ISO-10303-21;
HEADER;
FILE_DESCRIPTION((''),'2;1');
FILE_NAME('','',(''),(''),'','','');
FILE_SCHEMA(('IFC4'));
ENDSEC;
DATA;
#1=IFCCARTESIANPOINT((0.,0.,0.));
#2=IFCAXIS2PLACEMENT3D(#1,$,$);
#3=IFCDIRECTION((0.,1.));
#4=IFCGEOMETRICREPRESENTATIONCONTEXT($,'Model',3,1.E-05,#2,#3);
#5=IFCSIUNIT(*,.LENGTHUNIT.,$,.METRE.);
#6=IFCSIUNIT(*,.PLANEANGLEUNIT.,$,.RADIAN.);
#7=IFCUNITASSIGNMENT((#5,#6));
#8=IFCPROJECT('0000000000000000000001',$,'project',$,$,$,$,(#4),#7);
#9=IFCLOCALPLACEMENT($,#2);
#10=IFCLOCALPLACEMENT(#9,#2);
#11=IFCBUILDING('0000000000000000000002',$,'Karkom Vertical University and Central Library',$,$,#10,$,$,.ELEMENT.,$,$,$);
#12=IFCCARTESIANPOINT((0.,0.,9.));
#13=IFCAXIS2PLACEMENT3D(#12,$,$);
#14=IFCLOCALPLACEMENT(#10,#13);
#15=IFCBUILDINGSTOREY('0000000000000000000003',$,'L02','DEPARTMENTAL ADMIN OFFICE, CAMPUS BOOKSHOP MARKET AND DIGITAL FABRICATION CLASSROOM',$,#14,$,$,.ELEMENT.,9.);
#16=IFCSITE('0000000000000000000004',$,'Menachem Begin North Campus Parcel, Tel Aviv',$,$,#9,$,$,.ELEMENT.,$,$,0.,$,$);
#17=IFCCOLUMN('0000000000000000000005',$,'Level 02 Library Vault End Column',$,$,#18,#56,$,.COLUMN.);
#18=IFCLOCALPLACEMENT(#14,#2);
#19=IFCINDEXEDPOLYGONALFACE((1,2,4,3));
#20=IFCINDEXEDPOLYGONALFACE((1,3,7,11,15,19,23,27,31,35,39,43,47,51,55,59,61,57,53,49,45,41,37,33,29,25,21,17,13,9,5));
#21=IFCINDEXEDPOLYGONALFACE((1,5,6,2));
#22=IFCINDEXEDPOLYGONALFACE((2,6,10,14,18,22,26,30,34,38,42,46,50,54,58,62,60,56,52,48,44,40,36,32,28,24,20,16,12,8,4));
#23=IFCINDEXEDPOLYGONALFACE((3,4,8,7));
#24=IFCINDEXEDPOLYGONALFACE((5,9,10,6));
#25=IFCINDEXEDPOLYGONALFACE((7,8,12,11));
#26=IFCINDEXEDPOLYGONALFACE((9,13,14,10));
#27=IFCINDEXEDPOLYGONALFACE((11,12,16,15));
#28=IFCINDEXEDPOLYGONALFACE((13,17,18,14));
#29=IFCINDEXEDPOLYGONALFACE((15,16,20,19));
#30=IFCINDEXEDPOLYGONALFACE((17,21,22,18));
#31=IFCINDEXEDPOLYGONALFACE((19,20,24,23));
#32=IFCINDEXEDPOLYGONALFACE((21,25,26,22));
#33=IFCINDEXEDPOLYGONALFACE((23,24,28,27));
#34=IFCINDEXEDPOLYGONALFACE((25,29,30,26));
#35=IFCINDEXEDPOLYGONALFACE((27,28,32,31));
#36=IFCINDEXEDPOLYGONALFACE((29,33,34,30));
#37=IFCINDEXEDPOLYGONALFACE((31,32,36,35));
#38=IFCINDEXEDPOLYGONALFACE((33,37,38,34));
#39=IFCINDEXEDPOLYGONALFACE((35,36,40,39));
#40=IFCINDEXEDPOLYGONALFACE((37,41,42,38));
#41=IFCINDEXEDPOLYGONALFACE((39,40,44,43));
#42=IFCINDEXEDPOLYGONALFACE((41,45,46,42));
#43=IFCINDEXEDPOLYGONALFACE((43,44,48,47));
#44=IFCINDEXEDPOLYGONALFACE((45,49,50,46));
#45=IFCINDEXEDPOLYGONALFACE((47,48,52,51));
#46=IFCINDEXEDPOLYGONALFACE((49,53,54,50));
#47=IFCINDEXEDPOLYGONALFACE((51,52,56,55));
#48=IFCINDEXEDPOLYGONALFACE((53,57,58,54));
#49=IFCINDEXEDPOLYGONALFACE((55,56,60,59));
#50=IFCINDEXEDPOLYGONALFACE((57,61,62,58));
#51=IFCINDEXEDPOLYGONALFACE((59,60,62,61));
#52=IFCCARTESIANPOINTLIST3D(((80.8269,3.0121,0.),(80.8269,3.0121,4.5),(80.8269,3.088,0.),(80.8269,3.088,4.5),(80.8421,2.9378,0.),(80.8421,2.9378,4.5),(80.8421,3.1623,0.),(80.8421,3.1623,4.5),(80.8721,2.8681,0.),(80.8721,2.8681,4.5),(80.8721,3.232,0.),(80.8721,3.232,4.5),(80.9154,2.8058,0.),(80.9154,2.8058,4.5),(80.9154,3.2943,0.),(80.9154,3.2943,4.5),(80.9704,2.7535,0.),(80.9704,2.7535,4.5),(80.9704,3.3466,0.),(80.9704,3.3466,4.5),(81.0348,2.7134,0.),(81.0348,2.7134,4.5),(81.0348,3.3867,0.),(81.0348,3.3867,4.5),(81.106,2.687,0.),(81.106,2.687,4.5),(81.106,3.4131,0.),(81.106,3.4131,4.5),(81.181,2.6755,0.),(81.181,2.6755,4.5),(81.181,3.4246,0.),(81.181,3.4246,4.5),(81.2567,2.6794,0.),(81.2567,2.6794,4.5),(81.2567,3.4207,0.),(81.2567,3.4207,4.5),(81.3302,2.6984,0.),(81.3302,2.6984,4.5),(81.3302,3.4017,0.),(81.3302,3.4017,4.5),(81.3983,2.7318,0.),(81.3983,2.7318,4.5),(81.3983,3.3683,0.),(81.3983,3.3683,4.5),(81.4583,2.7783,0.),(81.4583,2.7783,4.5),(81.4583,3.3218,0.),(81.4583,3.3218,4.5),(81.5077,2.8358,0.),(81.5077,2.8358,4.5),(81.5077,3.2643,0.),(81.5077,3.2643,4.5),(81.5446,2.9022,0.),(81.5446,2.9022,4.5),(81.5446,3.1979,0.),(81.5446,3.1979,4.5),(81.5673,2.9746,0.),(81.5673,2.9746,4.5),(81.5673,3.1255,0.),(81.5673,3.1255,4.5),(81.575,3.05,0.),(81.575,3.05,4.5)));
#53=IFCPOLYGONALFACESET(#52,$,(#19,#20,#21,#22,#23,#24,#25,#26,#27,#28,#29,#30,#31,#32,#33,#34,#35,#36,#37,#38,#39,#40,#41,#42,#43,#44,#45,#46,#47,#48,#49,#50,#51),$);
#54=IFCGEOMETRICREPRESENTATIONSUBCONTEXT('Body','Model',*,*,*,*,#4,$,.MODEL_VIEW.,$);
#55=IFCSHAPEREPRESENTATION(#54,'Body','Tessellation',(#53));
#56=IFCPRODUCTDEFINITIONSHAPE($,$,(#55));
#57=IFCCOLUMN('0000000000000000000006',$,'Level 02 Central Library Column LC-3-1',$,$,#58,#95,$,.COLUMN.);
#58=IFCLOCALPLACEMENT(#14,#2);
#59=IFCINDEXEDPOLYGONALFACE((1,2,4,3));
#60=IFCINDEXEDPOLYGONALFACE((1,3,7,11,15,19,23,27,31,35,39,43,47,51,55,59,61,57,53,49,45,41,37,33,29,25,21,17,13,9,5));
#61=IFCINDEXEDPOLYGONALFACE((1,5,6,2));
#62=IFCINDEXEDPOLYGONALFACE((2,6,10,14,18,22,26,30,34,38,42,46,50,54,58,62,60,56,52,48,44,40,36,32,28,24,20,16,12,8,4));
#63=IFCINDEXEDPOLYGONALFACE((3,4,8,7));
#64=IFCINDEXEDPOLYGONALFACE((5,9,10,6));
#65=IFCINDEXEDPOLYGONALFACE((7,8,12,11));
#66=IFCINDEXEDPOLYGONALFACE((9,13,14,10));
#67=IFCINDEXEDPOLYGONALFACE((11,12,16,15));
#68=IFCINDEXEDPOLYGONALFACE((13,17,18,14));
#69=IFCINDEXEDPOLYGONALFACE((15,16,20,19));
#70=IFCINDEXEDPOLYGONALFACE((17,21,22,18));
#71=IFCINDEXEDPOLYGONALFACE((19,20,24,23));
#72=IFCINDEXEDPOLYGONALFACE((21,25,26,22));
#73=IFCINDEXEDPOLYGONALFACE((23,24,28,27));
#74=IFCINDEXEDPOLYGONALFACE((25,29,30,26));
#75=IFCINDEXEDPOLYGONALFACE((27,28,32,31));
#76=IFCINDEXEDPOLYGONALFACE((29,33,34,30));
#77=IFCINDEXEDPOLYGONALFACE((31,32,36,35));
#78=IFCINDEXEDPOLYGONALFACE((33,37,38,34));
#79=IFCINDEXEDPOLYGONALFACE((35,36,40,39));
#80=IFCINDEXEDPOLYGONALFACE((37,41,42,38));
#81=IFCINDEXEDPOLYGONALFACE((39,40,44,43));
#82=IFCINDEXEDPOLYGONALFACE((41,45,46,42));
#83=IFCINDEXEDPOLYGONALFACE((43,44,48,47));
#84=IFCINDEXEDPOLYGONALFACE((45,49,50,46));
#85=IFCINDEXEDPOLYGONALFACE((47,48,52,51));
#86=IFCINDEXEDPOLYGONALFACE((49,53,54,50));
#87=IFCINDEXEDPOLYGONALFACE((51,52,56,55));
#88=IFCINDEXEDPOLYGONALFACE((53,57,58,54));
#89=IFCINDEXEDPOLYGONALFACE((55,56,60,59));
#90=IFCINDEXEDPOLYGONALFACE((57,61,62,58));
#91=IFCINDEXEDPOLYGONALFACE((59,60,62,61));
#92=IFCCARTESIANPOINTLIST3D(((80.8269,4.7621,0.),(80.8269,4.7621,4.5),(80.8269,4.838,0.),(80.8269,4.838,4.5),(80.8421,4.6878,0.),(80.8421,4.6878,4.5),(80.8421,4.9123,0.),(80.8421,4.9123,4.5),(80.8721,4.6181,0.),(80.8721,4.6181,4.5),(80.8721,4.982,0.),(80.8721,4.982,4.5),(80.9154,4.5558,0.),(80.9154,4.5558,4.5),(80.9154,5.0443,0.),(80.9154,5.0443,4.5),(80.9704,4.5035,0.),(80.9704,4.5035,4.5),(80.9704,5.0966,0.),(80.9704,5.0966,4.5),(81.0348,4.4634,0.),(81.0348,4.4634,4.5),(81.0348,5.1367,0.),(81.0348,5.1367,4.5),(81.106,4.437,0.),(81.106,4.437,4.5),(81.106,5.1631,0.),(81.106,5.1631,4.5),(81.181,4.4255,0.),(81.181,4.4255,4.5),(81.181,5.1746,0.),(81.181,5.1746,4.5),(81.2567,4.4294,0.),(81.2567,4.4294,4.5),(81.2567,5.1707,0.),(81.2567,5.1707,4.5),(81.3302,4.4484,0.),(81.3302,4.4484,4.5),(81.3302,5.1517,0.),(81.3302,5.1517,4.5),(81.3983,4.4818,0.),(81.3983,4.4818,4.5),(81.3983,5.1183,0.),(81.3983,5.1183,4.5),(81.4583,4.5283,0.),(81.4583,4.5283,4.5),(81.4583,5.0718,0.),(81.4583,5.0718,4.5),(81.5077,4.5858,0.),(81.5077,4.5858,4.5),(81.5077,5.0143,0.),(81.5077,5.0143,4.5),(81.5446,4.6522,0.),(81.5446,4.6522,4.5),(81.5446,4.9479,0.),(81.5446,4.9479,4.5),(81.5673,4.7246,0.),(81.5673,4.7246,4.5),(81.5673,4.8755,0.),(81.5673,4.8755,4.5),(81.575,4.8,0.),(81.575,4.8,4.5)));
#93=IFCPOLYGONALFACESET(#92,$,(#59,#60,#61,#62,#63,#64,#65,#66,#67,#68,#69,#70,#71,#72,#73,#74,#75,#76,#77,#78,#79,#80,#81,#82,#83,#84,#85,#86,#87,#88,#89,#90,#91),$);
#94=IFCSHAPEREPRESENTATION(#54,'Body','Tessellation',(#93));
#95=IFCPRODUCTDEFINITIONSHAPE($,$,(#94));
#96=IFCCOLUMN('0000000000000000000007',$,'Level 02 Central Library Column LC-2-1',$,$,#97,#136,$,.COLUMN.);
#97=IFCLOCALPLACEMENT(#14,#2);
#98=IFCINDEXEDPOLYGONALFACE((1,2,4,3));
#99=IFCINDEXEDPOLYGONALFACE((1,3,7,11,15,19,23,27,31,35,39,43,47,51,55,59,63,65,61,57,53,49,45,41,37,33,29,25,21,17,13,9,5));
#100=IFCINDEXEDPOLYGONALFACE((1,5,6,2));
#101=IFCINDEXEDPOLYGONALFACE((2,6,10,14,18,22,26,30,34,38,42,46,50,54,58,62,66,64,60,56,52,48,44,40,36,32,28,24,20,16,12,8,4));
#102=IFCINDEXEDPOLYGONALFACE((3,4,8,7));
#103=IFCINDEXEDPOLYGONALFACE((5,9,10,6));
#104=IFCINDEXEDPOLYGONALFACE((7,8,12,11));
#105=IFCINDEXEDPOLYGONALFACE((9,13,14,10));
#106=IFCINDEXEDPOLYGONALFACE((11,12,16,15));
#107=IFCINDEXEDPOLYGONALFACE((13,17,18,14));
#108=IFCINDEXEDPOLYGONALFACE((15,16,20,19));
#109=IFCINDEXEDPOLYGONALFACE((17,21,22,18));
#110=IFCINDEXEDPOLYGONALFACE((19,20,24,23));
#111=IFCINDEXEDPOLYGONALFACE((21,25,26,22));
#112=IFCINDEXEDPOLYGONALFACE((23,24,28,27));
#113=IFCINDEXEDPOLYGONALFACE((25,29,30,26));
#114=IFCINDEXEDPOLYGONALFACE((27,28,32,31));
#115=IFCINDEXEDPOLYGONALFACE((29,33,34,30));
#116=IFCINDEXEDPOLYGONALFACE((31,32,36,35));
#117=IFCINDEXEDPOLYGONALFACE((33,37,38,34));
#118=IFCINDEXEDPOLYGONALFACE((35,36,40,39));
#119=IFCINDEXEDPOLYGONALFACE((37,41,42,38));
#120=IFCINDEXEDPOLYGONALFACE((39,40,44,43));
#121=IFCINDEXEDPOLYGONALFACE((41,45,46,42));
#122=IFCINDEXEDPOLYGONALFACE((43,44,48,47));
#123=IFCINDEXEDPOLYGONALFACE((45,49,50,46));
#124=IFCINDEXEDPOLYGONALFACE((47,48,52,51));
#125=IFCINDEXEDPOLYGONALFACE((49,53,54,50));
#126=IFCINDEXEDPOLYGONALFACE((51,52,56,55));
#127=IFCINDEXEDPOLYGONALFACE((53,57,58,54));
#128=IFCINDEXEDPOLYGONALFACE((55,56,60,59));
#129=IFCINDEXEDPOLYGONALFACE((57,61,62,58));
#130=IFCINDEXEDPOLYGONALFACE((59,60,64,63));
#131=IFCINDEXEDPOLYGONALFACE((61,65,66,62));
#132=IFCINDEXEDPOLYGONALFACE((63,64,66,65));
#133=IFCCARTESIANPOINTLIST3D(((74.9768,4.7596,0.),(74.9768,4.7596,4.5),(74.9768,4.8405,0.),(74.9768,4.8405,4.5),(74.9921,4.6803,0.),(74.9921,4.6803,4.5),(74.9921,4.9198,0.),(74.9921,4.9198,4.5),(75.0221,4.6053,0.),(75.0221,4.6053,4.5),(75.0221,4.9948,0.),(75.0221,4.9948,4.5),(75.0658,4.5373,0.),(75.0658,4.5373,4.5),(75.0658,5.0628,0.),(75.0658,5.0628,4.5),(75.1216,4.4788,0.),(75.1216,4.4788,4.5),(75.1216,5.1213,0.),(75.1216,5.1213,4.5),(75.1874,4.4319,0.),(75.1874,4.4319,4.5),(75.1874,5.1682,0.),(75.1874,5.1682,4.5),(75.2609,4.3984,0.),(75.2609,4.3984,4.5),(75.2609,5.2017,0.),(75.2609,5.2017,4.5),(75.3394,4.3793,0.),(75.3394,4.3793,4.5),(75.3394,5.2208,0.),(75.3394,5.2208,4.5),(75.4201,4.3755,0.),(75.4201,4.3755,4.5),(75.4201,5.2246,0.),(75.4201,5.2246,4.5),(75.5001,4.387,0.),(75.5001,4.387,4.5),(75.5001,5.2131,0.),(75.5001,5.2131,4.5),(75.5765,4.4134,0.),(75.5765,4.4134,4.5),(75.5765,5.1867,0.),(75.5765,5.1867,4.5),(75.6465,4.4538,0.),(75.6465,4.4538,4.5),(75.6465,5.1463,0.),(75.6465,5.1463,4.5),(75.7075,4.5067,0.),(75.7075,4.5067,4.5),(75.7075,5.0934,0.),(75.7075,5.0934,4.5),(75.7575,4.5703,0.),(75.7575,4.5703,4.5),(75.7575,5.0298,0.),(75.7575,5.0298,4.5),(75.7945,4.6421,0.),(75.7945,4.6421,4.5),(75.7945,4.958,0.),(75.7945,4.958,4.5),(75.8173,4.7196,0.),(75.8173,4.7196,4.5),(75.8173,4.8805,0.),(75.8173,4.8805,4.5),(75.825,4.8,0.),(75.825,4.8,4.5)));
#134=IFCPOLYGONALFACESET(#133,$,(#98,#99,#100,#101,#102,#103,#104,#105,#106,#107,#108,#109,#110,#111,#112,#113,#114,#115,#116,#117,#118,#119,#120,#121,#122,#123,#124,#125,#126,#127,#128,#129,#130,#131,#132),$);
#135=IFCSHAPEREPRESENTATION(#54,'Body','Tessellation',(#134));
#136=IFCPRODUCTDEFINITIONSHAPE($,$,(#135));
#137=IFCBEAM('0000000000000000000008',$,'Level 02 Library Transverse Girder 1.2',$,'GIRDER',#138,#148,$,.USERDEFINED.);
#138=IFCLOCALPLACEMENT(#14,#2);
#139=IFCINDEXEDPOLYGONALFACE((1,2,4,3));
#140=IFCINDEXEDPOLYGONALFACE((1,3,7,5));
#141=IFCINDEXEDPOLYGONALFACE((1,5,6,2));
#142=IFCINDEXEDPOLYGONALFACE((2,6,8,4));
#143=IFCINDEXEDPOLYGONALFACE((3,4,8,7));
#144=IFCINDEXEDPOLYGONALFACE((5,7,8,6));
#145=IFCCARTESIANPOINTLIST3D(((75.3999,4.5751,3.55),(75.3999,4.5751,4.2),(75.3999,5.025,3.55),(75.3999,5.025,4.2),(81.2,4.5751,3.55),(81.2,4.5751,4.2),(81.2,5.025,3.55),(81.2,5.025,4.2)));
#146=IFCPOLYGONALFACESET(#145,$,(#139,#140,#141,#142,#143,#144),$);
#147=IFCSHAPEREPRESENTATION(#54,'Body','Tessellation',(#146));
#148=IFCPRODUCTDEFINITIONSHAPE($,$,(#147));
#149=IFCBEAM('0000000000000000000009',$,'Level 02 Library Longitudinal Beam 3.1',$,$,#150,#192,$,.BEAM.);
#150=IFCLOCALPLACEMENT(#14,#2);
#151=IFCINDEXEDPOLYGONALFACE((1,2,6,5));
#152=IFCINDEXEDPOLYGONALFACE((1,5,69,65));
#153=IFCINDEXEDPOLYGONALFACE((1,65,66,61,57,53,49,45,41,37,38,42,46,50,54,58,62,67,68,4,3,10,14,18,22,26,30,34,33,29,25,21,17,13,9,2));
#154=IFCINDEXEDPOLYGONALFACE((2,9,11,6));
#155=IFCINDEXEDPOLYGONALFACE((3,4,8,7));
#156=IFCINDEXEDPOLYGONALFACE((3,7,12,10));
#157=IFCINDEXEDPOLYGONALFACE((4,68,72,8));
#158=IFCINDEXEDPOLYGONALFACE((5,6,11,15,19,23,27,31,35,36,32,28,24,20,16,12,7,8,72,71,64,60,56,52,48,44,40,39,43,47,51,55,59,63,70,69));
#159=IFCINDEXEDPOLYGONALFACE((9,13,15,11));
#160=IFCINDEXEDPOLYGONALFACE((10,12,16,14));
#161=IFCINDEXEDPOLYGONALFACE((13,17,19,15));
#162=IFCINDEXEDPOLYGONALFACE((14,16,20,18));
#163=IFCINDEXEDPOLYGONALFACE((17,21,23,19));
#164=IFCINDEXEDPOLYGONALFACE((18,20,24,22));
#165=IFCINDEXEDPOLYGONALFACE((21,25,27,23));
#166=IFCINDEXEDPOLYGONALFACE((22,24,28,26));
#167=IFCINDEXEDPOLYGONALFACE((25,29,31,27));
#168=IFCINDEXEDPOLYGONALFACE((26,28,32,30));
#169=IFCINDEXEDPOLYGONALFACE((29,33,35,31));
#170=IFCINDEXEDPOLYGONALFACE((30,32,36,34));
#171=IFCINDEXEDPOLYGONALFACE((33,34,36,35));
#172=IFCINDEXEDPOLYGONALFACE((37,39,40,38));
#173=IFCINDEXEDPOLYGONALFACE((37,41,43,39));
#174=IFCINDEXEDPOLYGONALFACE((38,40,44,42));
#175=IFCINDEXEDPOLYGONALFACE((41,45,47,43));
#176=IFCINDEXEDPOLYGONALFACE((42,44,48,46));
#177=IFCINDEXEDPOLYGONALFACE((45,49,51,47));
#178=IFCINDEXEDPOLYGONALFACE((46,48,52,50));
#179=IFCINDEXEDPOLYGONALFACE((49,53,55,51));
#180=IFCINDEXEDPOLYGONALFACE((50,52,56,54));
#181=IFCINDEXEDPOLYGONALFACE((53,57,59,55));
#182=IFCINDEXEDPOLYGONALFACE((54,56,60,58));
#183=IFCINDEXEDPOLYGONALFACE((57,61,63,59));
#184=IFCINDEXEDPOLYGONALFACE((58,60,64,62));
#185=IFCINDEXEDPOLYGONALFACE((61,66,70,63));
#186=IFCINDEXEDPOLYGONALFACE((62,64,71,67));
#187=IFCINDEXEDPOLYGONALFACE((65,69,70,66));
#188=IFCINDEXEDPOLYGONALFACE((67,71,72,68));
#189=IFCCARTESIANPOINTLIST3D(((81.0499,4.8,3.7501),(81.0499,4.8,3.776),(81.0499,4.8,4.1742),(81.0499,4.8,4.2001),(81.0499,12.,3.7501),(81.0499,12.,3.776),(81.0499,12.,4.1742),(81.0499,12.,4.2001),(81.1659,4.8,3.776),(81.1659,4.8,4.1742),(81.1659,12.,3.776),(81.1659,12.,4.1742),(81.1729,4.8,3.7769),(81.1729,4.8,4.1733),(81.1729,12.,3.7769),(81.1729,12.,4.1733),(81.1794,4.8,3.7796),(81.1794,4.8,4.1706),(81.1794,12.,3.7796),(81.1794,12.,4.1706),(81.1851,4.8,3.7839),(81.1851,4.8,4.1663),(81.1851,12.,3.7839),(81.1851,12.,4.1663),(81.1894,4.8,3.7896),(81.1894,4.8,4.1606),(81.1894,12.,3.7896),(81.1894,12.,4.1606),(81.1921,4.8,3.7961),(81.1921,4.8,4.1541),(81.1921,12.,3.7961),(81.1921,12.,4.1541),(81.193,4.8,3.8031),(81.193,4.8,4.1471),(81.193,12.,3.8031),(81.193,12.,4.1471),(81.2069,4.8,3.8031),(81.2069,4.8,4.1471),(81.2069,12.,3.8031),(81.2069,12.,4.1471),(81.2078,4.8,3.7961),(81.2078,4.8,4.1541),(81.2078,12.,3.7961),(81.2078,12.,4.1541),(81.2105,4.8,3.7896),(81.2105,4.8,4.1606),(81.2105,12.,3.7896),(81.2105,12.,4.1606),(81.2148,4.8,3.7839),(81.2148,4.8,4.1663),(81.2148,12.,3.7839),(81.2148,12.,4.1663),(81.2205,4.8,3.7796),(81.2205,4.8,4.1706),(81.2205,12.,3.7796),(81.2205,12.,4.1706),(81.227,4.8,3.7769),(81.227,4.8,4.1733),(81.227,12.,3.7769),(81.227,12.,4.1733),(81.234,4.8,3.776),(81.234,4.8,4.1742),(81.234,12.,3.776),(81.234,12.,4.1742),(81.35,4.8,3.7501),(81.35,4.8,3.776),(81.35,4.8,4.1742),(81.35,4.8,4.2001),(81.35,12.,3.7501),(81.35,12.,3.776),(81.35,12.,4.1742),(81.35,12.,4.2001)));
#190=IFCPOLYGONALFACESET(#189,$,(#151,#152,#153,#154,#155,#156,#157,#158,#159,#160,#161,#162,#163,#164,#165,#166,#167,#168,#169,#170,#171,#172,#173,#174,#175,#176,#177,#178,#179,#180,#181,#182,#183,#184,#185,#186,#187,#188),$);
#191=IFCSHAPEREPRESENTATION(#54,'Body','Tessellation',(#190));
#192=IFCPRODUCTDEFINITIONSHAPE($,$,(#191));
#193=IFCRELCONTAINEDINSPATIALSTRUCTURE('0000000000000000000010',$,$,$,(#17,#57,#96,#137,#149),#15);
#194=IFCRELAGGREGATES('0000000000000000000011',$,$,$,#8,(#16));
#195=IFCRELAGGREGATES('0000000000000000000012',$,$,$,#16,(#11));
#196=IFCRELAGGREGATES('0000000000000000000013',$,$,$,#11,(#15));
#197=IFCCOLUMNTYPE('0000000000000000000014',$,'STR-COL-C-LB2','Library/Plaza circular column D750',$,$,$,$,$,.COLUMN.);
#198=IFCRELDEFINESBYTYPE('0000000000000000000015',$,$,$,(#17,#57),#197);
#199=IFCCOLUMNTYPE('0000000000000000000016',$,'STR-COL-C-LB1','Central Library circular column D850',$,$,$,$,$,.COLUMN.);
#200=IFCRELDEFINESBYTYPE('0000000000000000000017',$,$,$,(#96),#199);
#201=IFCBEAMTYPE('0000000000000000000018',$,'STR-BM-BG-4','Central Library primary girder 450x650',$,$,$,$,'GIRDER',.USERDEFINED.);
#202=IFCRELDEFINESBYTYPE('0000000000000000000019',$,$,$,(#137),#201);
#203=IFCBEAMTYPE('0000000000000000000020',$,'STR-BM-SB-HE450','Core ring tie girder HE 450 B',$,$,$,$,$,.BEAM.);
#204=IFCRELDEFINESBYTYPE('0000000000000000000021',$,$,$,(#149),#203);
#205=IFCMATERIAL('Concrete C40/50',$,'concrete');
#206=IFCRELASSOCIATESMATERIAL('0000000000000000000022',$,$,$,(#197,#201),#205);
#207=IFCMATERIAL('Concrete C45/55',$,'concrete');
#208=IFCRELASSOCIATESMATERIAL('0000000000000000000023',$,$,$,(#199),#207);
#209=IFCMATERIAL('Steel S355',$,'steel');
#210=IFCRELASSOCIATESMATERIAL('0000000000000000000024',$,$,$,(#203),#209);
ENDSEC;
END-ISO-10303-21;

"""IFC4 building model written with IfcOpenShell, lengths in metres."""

from ifc_helpers import new_model, si_unit, direction, frame, origin, origin_with_axes, origin_2d, place, context, subcontext, project, spatial, rectangle, circle, i_section, extrude, source, transform, mapped, material, material_profile, profile_set, type_object, element, save


model = new_model("IFC4")

# Units and contexts
model_context = context("Model", 3, precision=1e-05, world=origin(), true_north=direction((0.0, 1.0)))
body_context = subcontext(model_context, "Body", "Model", "MODEL_VIEW")
ifc_project = project(units=[si_unit("LENGTHUNIT", "METRE"), si_unit("PLANEANGLEUNIT", "RADIAN")], contexts=[model_context])

# Site, building, storey
site_placement = place(None, origin())
site = spatial("IfcSite", under=ifc_project, at=site_placement, Name="Menachem Begin North Campus Parcel, Tel Aviv", CompositionType="ELEMENT", RefElevation=0.0)
building_placement = place(site_placement, origin())
building = spatial("IfcBuilding", under=site, at=building_placement, Name="Karkom Vertical University and Central Library", CompositionType="ELEMENT")
storey_placement = place(building_placement, frame((0.0, 0.0, 9.0)))
storey = spatial("IfcBuildingStorey", under=building, at=storey_placement, Name="L02", Description="DEPARTMENTAL ADMIN OFFICE, CAMPUS BOOKSHOP MARKET AND DIGITAL FABRICATION CLASSROOM", CompositionType="ELEMENT", Elevation=9.0)

# Columns
ifc_material_1 = material(Name="Concrete C40/50", Category="concrete")
ifc_material_profile_1 = material_profile(ifc_material_1, circle(Radius=0.375, at=origin_2d()), Name="RC-D750")
ifc_profile_set_1 = profile_set([ifc_material_profile_1], Name="Concrete C40/50")
column_type_1 = type_object("IfcColumnType", Name="STR-COL-C-LB2", Description="Library/Plaza circular column D750", PredefinedType="COLUMN", material=ifc_profile_set_1)
shared_shape_1 = source(origin_with_axes(), body_context, "Body", "SweptSolid", [
    extrude(circle(Radius=0.375, at=origin_2d()), origin(), (0.0, 0.0, 1.0), 4.5),
])
for number, where, z_axis, x_axis, name in (
    (1, (81.2, 3.05, 0.0), (0.0, 0.0, 1.0), (1.0, 0.0, 0.0), "Level 02 Library Vault End Column"),
    (2, (81.2, 4.8, 0.0), (0.0, 0.0, 1.0), (1.0, 0.0, 0.0), "Level 02 Central Library Column LC-3-1"),
):
    element("IfcColumn", number, at=place(storey_placement, frame(where, z_axis=z_axis, x_axis=x_axis)), inside=storey, type_object=column_type_1, Name=name, PredefinedType="COLUMN", context=body_context, shape_type="MappedRepresentation", body=[
        mapped(shared_shape_1, transform((0.0, 0.0, 0.0), scale=1.0)),
    ])
ifc_material_2 = material(Name="Concrete C45/55", Category="concrete")
ifc_material_profile_2 = material_profile(ifc_material_2, circle(Radius=0.425, at=origin_2d()), Name="RC-D850")
ifc_profile_set_2 = profile_set([ifc_material_profile_2], Name="Concrete C45/55")
column_type_2 = type_object("IfcColumnType", Name="STR-COL-C-LB1", Description="Central Library circular column D850", PredefinedType="COLUMN", material=ifc_profile_set_2)
shared_shape_2 = source(origin_with_axes(), body_context, "Body", "SweptSolid", [
    extrude(circle(Radius=0.425, at=origin_2d()), origin(), (0.0, 0.0, 1.0), 4.5),
])
column_placement = place(storey_placement, frame((75.3999, 4.8, 0.0), z_axis=(0.0, 0.0, 1.0), x_axis=(1.0, 0.0, 0.0)))
element("IfcColumn", 3, at=column_placement, inside=storey, type_object=column_type_2, Name="Level 02 Central Library Column LC-2-1", PredefinedType="COLUMN", context=body_context, shape_type="MappedRepresentation", body=[
    mapped(shared_shape_2, transform((0.0, 0.0, 0.0), scale=1.0)),
])

# Beams
ifc_material_profile_3 = material_profile(ifc_material_1, rectangle(XDim=0.45, YDim=0.6499, at=origin_2d()), Name="RCB-450x650")
ifc_profile_set_3 = profile_set([ifc_material_profile_3], Name="Concrete C40/50")
beam_type_1 = type_object("IfcBeamType", Name="STR-BM-BG-4", Description="Central Library primary girder 450x650", ElementType="GIRDER", PredefinedType="USERDEFINED", material=ifc_profile_set_3)
shared_shape_3 = source(origin_with_axes(), body_context, "Body", "SweptSolid", [
    extrude(rectangle(XDim=0.45, YDim=0.6499, at=origin_2d()), origin(), (0.0, 0.0, 1.0), 5.8),
])
beam_1_placement = place(storey_placement, frame((75.3999, 4.8, 3.875), z_axis=(1.0, 0.0, 0.0), x_axis=(0.0, 1.0, 0.0)))
element("IfcBeam", 4, at=beam_1_placement, inside=storey, type_object=beam_type_1, Name="Level 02 Library Transverse Girder 1.2", ObjectType="GIRDER", PredefinedType="USERDEFINED", context=body_context, shape_type="MappedRepresentation", body=[
    mapped(shared_shape_3, transform((0.0, 0.0, 0.0), scale=1.0)),
])
ifc_material_3 = material(Name="Steel S355", Category="steel")
ifc_material_profile_4 = material_profile(ifc_material_3, i_section(OverallWidth=0.3, OverallDepth=0.45, WebThickness=0.0139, FlangeThickness=0.0259, FilletRadius=0.0271, at=origin_2d()), Name="HE 450 B")
ifc_profile_set_4 = profile_set([ifc_material_profile_4], Name="Steel S355")
beam_type_2 = type_object("IfcBeamType", Name="STR-BM-SB-HE450", Description="Core ring tie girder HE 450 B", PredefinedType="BEAM", material=ifc_profile_set_4)
shared_shape_4 = source(origin_with_axes(), body_context, "Body", "SweptSolid", [
    extrude(i_section(OverallWidth=0.3, OverallDepth=0.45, WebThickness=0.0139, FlangeThickness=0.0259, FilletRadius=0.0271, at=origin_2d()), origin(), (0.0, 0.0, 1.0), 7.2),
])
beam_2_placement = place(storey_placement, frame((81.2, 4.8, 3.9751), z_axis=(0.0, 1.0, 0.0), x_axis=(-1.0, 0.0, 0.0)))
element("IfcBeam", 5, at=beam_2_placement, inside=storey, type_object=beam_type_2, Name="Level 02 Library Longitudinal Beam 3.1", PredefinedType="BEAM", context=body_context, shape_type="MappedRepresentation", body=[
    mapped(shared_shape_4, transform((0.0, 0.0, 0.0), scale=1.0)),
])

save(model, "model.ifc")
